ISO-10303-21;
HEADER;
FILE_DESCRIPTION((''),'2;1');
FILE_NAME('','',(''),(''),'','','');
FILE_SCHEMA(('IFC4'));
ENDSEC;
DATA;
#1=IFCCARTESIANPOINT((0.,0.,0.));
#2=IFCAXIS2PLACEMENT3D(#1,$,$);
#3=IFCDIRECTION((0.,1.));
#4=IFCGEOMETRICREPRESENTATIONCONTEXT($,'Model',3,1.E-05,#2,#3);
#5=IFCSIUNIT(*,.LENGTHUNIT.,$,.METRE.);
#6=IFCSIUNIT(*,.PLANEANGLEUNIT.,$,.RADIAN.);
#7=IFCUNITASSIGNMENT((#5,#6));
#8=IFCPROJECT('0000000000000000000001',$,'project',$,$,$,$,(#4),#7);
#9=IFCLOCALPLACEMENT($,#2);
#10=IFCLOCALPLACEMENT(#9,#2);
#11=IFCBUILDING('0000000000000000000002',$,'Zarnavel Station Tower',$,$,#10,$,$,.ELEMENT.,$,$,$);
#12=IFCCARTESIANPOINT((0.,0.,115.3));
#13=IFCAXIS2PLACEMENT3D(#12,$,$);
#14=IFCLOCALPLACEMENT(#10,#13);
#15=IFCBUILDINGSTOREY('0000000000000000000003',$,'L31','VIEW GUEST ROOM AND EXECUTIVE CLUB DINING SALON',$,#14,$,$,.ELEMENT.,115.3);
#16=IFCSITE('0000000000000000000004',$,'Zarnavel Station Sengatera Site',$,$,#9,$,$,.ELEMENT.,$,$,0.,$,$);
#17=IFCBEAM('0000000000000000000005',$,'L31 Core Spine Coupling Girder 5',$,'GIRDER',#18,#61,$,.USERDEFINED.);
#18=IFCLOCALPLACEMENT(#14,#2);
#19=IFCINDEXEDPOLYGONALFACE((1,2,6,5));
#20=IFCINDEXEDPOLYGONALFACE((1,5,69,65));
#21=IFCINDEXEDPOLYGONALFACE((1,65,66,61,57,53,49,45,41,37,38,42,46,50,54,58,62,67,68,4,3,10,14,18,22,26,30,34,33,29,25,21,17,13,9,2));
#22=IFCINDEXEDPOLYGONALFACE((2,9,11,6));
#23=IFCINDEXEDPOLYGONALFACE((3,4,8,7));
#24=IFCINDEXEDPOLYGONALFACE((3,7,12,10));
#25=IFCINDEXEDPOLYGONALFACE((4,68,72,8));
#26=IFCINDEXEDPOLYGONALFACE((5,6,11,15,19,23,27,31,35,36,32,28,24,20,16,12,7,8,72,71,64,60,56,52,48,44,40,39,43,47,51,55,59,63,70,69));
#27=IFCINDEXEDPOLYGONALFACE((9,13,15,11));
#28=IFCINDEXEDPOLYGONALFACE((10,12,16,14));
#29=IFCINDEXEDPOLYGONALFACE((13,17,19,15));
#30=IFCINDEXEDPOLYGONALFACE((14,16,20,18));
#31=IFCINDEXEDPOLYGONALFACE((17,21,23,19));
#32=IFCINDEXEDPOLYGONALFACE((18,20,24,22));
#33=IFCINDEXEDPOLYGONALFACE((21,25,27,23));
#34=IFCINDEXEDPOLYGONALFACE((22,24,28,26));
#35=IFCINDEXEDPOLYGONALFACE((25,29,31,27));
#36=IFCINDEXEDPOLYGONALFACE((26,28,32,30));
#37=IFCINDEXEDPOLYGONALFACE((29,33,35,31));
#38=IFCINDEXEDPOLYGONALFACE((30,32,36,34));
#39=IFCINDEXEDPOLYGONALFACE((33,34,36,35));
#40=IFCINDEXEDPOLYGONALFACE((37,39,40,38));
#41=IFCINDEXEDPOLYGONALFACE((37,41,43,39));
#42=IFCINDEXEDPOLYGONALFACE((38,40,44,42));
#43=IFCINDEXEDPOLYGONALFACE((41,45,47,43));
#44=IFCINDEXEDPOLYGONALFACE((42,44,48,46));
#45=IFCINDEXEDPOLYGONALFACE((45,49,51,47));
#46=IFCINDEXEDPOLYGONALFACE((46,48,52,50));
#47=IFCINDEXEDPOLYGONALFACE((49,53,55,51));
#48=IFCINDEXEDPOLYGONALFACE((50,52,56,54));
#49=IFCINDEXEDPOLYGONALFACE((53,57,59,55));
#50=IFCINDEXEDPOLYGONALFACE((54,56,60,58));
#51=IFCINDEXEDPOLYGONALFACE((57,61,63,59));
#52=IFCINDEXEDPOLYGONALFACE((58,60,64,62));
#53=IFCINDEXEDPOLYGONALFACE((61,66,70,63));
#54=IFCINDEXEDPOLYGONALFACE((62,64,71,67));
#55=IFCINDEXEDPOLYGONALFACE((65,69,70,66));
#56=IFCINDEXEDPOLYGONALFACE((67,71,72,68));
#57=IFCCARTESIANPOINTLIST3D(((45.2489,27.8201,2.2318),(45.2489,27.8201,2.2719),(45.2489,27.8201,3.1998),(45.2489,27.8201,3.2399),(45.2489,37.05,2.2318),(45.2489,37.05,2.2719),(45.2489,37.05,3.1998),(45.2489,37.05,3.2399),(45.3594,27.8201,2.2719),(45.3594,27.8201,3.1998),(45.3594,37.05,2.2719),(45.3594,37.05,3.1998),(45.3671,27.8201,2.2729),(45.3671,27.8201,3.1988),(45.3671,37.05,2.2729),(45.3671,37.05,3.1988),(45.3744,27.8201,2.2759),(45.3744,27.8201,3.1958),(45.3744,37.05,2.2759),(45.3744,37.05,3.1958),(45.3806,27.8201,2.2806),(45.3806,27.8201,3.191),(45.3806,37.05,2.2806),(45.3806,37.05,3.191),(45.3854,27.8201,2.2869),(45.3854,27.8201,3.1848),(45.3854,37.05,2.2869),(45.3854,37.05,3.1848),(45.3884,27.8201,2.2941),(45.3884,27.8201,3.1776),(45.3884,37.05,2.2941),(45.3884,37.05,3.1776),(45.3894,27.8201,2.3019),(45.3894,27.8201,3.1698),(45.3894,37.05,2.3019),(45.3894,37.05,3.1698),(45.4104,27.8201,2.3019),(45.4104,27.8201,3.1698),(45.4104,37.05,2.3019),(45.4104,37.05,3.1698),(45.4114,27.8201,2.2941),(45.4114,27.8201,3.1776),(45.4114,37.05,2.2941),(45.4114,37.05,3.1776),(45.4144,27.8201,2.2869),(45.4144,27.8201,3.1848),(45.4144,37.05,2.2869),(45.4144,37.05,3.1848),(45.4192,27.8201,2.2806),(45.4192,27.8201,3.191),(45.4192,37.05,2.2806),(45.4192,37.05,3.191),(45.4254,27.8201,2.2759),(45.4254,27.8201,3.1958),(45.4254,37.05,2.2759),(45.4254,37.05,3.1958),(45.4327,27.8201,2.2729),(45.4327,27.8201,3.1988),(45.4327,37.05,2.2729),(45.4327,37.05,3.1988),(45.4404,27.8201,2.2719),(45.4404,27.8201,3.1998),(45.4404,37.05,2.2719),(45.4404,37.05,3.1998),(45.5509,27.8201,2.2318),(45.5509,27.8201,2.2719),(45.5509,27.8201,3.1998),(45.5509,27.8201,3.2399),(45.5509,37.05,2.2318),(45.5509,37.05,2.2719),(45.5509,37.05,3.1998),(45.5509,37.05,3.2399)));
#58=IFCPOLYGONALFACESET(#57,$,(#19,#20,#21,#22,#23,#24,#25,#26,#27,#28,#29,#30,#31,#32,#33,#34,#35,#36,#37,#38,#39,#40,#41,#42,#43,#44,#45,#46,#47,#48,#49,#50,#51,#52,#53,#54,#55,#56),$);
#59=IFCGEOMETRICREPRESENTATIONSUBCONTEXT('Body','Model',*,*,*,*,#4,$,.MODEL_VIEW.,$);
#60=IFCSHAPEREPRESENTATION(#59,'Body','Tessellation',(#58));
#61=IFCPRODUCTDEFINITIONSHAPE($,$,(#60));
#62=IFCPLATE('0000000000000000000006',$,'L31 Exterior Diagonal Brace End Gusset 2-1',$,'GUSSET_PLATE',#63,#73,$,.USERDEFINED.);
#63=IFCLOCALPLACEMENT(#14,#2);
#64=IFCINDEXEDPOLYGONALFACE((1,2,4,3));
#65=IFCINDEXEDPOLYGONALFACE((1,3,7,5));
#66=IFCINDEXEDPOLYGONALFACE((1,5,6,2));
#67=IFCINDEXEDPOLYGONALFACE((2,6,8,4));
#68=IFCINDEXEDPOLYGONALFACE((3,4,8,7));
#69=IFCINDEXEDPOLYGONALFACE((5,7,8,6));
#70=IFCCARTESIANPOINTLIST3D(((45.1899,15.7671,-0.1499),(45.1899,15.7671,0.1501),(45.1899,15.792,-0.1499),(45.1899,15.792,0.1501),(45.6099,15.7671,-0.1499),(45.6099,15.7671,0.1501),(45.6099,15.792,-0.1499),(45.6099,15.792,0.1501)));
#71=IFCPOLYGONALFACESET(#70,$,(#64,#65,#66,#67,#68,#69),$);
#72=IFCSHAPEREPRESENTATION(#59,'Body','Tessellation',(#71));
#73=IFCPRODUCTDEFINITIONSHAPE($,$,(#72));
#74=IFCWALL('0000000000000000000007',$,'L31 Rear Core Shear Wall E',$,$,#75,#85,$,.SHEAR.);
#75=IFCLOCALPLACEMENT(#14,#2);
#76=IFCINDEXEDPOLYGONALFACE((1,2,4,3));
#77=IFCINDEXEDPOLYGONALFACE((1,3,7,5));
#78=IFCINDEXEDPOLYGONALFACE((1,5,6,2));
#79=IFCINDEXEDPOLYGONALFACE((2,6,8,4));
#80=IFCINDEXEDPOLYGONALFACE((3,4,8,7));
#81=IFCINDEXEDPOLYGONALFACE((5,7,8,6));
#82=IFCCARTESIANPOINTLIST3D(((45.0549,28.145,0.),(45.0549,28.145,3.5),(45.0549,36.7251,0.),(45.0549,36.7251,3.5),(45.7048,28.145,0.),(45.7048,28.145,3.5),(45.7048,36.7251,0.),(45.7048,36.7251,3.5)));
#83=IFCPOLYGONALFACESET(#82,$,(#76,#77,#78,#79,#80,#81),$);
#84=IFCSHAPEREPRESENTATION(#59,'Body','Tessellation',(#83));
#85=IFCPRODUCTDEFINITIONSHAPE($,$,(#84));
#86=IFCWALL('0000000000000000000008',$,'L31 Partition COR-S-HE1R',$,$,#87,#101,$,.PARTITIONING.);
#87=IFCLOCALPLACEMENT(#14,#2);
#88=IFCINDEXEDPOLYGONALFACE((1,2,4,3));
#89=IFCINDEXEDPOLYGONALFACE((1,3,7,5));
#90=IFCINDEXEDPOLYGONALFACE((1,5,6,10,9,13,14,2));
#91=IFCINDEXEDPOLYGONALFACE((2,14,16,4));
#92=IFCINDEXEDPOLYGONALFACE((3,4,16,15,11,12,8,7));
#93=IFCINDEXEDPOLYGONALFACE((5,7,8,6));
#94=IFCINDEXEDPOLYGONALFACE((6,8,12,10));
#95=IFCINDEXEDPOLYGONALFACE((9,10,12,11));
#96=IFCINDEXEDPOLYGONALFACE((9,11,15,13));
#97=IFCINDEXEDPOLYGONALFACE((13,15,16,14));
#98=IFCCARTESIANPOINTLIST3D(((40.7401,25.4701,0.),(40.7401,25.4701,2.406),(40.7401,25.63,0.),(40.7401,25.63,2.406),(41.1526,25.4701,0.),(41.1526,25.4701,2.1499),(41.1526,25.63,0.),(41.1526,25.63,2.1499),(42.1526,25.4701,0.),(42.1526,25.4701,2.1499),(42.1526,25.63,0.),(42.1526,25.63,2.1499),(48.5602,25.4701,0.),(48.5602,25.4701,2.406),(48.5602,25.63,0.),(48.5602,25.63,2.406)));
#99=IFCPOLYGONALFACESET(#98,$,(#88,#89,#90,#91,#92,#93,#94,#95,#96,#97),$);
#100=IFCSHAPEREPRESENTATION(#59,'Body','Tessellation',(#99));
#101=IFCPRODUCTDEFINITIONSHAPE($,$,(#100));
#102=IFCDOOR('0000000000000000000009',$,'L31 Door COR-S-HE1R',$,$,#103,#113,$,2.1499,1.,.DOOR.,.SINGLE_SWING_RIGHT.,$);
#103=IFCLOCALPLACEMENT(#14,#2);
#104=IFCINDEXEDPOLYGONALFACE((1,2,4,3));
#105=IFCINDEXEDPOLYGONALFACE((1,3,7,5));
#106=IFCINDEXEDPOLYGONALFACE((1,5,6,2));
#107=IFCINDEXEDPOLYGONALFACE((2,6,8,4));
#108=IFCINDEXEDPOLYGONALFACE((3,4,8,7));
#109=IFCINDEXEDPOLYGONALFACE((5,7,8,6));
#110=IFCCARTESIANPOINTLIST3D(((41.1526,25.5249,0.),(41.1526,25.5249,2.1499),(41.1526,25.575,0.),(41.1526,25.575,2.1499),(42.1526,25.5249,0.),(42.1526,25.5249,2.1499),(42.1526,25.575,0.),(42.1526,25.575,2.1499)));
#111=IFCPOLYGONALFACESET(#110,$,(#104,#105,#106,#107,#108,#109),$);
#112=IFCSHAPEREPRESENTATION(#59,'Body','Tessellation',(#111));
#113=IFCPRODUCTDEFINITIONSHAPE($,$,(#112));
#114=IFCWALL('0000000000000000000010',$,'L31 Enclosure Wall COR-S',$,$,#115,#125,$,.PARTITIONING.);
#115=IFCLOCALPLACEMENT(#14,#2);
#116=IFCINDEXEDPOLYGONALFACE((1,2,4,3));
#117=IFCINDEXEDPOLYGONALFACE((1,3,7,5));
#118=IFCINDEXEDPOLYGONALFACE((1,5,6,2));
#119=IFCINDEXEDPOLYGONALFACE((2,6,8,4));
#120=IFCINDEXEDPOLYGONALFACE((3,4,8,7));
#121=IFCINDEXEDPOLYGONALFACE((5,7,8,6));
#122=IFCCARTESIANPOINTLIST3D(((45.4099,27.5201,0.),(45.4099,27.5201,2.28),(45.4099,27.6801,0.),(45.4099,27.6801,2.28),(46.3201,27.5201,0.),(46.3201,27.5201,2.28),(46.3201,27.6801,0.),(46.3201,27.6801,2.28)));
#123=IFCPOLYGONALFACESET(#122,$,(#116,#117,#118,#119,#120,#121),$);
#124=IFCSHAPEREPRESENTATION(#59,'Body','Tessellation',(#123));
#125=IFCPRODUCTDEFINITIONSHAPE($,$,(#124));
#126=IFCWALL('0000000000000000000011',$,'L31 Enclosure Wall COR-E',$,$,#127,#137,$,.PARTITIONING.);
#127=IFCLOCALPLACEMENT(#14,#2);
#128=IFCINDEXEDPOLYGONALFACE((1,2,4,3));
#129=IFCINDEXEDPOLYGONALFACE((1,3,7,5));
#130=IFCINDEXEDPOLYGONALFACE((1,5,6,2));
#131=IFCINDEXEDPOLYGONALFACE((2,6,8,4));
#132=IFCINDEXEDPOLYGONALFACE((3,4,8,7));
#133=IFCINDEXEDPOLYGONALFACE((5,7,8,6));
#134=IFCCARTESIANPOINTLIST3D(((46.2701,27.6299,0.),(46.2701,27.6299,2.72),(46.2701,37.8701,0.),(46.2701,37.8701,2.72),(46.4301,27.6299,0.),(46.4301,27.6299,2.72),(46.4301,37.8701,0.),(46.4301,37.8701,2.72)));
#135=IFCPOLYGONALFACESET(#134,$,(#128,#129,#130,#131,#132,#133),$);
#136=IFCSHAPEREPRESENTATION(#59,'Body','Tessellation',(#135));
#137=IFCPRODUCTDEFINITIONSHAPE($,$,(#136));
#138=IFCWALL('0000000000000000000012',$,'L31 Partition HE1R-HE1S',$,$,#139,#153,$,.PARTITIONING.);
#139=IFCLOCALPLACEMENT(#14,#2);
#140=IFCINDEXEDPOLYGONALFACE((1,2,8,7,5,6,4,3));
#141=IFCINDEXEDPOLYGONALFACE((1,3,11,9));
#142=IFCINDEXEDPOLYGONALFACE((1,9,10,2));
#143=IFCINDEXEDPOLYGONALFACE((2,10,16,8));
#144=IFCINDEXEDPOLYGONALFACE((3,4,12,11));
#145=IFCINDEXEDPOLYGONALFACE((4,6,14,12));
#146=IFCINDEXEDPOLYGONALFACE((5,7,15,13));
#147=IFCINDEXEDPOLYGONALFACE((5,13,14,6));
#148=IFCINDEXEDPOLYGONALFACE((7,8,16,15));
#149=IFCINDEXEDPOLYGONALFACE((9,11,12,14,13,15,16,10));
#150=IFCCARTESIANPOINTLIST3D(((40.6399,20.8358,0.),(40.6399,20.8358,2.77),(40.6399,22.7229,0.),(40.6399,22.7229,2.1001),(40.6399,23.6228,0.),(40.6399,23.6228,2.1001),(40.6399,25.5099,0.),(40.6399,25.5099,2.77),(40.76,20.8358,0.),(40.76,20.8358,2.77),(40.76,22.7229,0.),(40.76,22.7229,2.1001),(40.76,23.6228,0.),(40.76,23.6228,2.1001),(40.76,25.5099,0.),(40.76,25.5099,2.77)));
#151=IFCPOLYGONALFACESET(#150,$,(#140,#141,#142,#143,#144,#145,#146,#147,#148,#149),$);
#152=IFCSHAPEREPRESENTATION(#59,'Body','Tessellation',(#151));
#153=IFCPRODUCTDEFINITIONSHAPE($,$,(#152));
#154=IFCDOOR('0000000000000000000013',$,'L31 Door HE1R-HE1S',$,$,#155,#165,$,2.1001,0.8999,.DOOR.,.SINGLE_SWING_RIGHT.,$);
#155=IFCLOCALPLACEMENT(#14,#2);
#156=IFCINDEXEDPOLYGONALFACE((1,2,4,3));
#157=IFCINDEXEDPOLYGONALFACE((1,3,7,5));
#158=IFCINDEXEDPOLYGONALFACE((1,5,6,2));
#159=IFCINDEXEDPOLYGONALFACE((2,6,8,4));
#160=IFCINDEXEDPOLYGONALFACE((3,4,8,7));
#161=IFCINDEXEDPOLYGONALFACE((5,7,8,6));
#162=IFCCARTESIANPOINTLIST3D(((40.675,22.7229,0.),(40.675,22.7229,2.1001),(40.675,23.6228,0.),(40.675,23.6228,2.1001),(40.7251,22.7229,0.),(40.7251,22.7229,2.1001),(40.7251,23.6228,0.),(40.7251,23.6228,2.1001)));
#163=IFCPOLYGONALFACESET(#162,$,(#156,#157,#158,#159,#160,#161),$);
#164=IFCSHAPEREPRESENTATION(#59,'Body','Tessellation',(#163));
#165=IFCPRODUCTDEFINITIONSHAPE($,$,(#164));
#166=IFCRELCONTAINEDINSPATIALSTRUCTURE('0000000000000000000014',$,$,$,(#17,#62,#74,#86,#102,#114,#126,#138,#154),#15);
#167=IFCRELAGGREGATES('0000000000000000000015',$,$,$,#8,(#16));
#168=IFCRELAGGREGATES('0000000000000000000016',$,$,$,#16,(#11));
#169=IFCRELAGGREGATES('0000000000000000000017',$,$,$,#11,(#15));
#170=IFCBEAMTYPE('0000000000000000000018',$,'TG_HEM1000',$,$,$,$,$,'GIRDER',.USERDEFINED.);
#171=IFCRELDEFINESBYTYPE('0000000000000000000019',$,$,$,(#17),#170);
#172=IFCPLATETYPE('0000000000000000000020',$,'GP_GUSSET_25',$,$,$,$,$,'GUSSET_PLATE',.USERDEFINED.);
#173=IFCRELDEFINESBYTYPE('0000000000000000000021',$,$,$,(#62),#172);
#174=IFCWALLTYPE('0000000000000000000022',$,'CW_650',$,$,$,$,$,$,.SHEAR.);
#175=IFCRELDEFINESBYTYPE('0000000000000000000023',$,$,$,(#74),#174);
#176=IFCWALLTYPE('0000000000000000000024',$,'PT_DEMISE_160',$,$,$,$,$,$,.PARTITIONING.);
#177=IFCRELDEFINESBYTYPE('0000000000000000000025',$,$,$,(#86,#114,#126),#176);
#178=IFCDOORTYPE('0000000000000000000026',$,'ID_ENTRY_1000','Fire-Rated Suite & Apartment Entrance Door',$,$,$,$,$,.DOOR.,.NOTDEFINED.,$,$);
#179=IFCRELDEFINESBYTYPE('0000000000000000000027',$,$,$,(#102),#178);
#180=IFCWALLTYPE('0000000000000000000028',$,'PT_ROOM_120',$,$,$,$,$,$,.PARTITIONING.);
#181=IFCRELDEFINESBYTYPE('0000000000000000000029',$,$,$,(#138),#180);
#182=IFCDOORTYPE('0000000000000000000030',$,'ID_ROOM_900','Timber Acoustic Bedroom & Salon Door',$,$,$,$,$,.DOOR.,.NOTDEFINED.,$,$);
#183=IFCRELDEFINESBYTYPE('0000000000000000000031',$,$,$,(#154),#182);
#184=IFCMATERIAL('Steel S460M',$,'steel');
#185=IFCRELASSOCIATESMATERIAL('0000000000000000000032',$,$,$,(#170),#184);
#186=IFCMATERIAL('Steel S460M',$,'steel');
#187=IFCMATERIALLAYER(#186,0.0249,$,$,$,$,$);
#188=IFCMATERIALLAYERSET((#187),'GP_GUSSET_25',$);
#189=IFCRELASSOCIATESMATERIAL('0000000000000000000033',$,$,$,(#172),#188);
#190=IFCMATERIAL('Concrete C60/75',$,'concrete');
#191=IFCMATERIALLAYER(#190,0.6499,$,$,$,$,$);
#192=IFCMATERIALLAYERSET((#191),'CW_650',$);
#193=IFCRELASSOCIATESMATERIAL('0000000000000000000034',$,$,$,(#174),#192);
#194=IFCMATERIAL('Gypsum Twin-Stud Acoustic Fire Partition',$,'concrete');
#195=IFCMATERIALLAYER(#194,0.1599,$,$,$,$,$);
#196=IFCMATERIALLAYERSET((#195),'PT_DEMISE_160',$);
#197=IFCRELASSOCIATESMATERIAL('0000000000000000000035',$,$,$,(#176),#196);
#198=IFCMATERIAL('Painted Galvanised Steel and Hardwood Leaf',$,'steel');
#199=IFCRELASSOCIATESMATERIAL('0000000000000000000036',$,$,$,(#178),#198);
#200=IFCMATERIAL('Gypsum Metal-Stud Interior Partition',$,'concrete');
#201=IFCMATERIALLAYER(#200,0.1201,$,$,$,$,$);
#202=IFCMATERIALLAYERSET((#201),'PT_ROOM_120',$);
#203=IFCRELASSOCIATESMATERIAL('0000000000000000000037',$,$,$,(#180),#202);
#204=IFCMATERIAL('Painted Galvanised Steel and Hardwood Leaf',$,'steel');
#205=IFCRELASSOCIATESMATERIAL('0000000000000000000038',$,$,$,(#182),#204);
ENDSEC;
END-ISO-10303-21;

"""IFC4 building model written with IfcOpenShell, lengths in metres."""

from ifc_helpers import new_model, si_unit, direction, frame, frame_2d, origin, origin_2d, place, context, subcontext, project, spatial, rectangle, i_section, extrude, material, layer, layer_set, material_profile, profile_set, type_object, element, fill, save


model = new_model("IFC4")

# Units and contexts
model_context = context("Model", 3, precision=1e-05, world=origin(), true_north=direction((0.0, 1.0)))
body_context = subcontext(model_context, "Body", "Model", "MODEL_VIEW")
ifc_project = project(units=[si_unit("LENGTHUNIT", "METRE"), si_unit("PLANEANGLEUNIT", "RADIAN")], contexts=[model_context])

# Site, building, storey
site_placement = place(None, origin())
site = spatial("IfcSite", under=ifc_project, at=site_placement, Name="Zarnavel Station Sengatera Site", CompositionType="ELEMENT", RefElevation=0.0)
building_placement = place(site_placement, origin())
building = spatial("IfcBuilding", under=site, at=building_placement, Name="Zarnavel Station Tower", CompositionType="ELEMENT")
storey_placement = place(building_placement, frame((0.0, 0.0, 115.3)))
storey = spatial("IfcBuildingStorey", under=building, at=storey_placement, Name="L31", Description="VIEW GUEST ROOM AND EXECUTIVE CLUB DINING SALON", CompositionType="ELEMENT", Elevation=115.3)

# Beam
ifc_material_1 = material(Name="Steel S460M", Category="steel")
ifc_material_profile_1 = material_profile(ifc_material_1, i_section(OverallWidth=0.302, OverallDepth=1.0081, WebThickness=0.021, FlangeThickness=0.04, FilletRadius=0.03, at=origin_2d()), Name="HEM1000")
ifc_profile_set_1 = profile_set([ifc_material_profile_1], Name="Steel S460M")
beam_type_1 = type_object("IfcBeamType", Name="TG_HEM1000", ElementType="GIRDER", PredefinedType="USERDEFINED", material=ifc_profile_set_1)
beam_1_placement = place(storey_placement, frame((45.3999, 27.8201, 2.7358), z_axis=(0.0, 1.0, 0.0), x_axis=(-1.0, 0.0, 0.0)))
element("IfcBeam", 1, at=beam_1_placement, inside=storey, type_object=beam_type_1, Name="L31 Core Spine Coupling Girder 5", ObjectType="GIRDER", PredefinedType="USERDEFINED", context=body_context, shape_type="SweptSolid", body=[
    extrude(i_section(OverallWidth=0.302, OverallDepth=1.0081, WebThickness=0.021, FlangeThickness=0.04, FilletRadius=0.03, at=origin_2d()), origin(), (0.0, 0.0, 1.0), 9.23),
])

# Plate
ifc_material_2 = material(Name="Steel S460M", Category="steel")
ifc_layer_1 = layer(ifc_material_2, 0.0249)
ifc_layer_set_1 = layer_set([ifc_layer_1], Name="GP_GUSSET_25")
plate_type = type_object("IfcPlateType", Name="GP_GUSSET_25", ElementType="GUSSET_PLATE", PredefinedType="USERDEFINED", material=ifc_layer_set_1)
plate_placement = place(storey_placement, frame((45.3999, 15.7795, -0.1499), z_axis=(0.0, 0.0, 1.0), x_axis=(1.0, 0.0, 0.0)))
element("IfcPlate", 2, at=plate_placement, inside=storey, type_object=plate_type, Name="L31 Exterior Diagonal Brace End Gusset 2-1", ObjectType="GUSSET_PLATE", PredefinedType="USERDEFINED", context=body_context, shape_type="SweptSolid", body=[
    extrude(rectangle(XDim=0.4199, YDim=0.0249, at=origin_2d()), origin(), (0.0, 0.0, 1.0), 0.3),
])

# Shared definitions
ifc_material_3 = material(Name="Concrete C60/75", Category="concrete")
ifc_layer_2 = layer(ifc_material_3, 0.6499)
ifc_layer_set_2 = layer_set([ifc_layer_2], Name="CW_650")
wall_type_1 = type_object("IfcWallType", Name="CW_650", PredefinedType="SHEAR", material=ifc_layer_set_2)

# Wall
wall_1_placement = place(storey_placement, frame((45.3799, 28.145, 0.0), z_axis=(0.0, 0.0, 1.0), x_axis=(0.0, 1.0, 0.0)))
element("IfcWall", 3, at=wall_1_placement, inside=storey, type_object=wall_type_1, Name="L31 Rear Core Shear Wall E", PredefinedType="SHEAR", context=body_context, shape_type="SweptSolid", body=[
    extrude(rectangle(XDim=8.5801, YDim=0.6499, at=frame_2d((4.29, 0.0))), origin(), (0.0, 0.0, 1.0), 3.5),
])

# Wall, opening, door
ifc_material_4 = material(Name="Gypsum Twin-Stud Acoustic Fire Partition", Category="concrete")
ifc_layer_3 = layer(ifc_material_4, 0.1599)
ifc_layer_set_3 = layer_set([ifc_layer_3], Name="PT_DEMISE_160")
wall_type_2 = type_object("IfcWallType", Name="PT_DEMISE_160", PredefinedType="PARTITIONING", material=ifc_layer_set_3)
wall_2_placement = place(storey_placement, frame((40.74, 25.55, 0.0), z_axis=(0.0, 0.0, 1.0), x_axis=(1.0, 0.0, 0.0)))
wall_2 = element("IfcWall", 4, at=wall_2_placement, inside=storey, type_object=wall_type_2, Name="L31 Partition COR-S-HE1R", PredefinedType="PARTITIONING", context=body_context, shape_type="SweptSolid", body=[
    extrude(rectangle(XDim=7.8201, YDim=0.1599, at=frame_2d((3.9102, 0.0))), origin(), (0.0, 0.0, 1.0), 2.406),
])
opening_1_placement = place(wall_2_placement, frame((0.4126, 0.0, 0.0)))
opening_1 = element("IfcOpeningElement", 5, at=opening_1_placement, cuts=wall_2, PredefinedType="OPENING", context=body_context, shape_type="SweptSolid", body=[
    extrude(rectangle(XDim=1.0, YDim=2.1499, at=frame_2d((0.5, 1.075))), frame((0.0, 0.0898, 0.0), z_axis=(0.0, -1.0, 0.0), x_axis=(1.0, 0.0, 0.0)), (0.0, 0.0, 1.0), 0.1799),
])
ifc_material_5 = material(Name="Painted Galvanised Steel and Hardwood Leaf", Category="steel")
door_type_1 = type_object("IfcDoorType", Name="ID_ENTRY_1000", Description="Fire-Rated Suite & Apartment Entrance Door", OperationType="NOTDEFINED", PredefinedType="DOOR", material=ifc_material_5)
door_1_placement = place(opening_1_placement, origin())
door_1 = element("IfcDoor", 6, at=door_1_placement, inside=storey, type_object=door_type_1, Name="L31 Door COR-S-HE1R", OperationType="SINGLE_SWING_RIGHT", OverallHeight=2.1499, OverallWidth=1.0, PredefinedType="DOOR", context=body_context, shape_type="SweptSolid", body=[
    extrude(rectangle(XDim=1.0, YDim=2.1499, at=frame_2d((0.5, 1.075))), frame((0.0, 0.0249, 0.0), z_axis=(0.0, -1.0, 0.0), x_axis=(1.0, 0.0, 0.0)), (0.0, 0.0, 1.0), 0.05),
])
fill(opening_1, door_1)

# Walls
wall_3_placement = place(storey_placement, frame((45.4099, 27.6001, 0.0), z_axis=(0.0, 0.0, 1.0), x_axis=(1.0, 0.0, 0.0)))
element("IfcWall", 7, at=wall_3_placement, inside=storey, type_object=wall_type_2, Name="L31 Enclosure Wall COR-S", PredefinedType="PARTITIONING", context=body_context, shape_type="SweptSolid", body=[
    extrude(rectangle(XDim=0.9102, YDim=0.1599, at=frame_2d((0.4551, 0.0))), origin(), (0.0, 0.0, 1.0), 2.28),
])
wall_4_placement = place(storey_placement, frame((46.3501, 27.6299, 0.0), z_axis=(0.0, 0.0, 1.0), x_axis=(0.0, 1.0, 0.0)))
element("IfcWall", 8, at=wall_4_placement, inside=storey, type_object=wall_type_2, Name="L31 Enclosure Wall COR-E", PredefinedType="PARTITIONING", context=body_context, shape_type="SweptSolid", body=[
    extrude(rectangle(XDim=10.2402, YDim=0.1599, at=frame_2d((5.1201, 0.0))), origin(), (0.0, 0.0, 1.0), 2.72),
])

# Wall, opening, door
ifc_material_6 = material(Name="Gypsum Metal-Stud Interior Partition", Category="concrete")
ifc_layer_4 = layer(ifc_material_6, 0.1201)
ifc_layer_set_4 = layer_set([ifc_layer_4], Name="PT_ROOM_120")
wall_type_3 = type_object("IfcWallType", Name="PT_ROOM_120", PredefinedType="PARTITIONING", material=ifc_layer_set_4)
wall_5_placement = place(storey_placement, frame((40.7, 20.8359, 0.0), z_axis=(0.0, 0.0, 1.0), x_axis=(0.0, 1.0, 0.0)))
wall_5 = element("IfcWall", 9, at=wall_5_placement, inside=storey, type_object=wall_type_3, Name="L31 Partition HE1R-HE1S", PredefinedType="PARTITIONING", context=body_context, shape_type="SweptSolid", body=[
    extrude(rectangle(XDim=4.6741, YDim=0.1201, at=frame_2d((2.3369, 0.0))), origin(), (0.0, 0.0, 1.0), 2.77),
])
opening_2_placement = place(wall_5_placement, frame((1.887, 0.0, 0.0)))
opening_2 = element("IfcOpeningElement", 10, at=opening_2_placement, cuts=wall_5, PredefinedType="OPENING", context=body_context, shape_type="SweptSolid", body=[
    extrude(rectangle(XDim=0.8999, YDim=2.1001, at=frame_2d((0.45, 1.05))), frame((0.0, 0.0701, 0.0), z_axis=(0.0, -1.0, 0.0), x_axis=(1.0, 0.0, 0.0)), (0.0, 0.0, 1.0), 0.1401),
])
ifc_material_7 = material(Name="Painted Galvanised Steel and Hardwood Leaf", Category="steel")
door_type_2 = type_object("IfcDoorType", Name="ID_ROOM_900", Description="Timber Acoustic Bedroom & Salon Door", OperationType="NOTDEFINED", PredefinedType="DOOR", material=ifc_material_7)
door_2_placement = place(opening_2_placement, origin())
door_2 = element("IfcDoor", 11, at=door_2_placement, inside=storey, type_object=door_type_2, Name="L31 Door HE1R-HE1S", OperationType="SINGLE_SWING_RIGHT", OverallHeight=2.1001, OverallWidth=0.8999, PredefinedType="DOOR", context=body_context, shape_type="SweptSolid", body=[
    extrude(rectangle(XDim=0.8999, YDim=2.1001, at=frame_2d((0.45, 1.05))), frame((0.0, 0.0249, 0.0), z_axis=(0.0, -1.0, 0.0), x_axis=(1.0, 0.0, 0.0)), (0.0, 0.0, 1.0), 0.05),
])
fill(opening_2, door_2)

save(model, "model.ifc")
